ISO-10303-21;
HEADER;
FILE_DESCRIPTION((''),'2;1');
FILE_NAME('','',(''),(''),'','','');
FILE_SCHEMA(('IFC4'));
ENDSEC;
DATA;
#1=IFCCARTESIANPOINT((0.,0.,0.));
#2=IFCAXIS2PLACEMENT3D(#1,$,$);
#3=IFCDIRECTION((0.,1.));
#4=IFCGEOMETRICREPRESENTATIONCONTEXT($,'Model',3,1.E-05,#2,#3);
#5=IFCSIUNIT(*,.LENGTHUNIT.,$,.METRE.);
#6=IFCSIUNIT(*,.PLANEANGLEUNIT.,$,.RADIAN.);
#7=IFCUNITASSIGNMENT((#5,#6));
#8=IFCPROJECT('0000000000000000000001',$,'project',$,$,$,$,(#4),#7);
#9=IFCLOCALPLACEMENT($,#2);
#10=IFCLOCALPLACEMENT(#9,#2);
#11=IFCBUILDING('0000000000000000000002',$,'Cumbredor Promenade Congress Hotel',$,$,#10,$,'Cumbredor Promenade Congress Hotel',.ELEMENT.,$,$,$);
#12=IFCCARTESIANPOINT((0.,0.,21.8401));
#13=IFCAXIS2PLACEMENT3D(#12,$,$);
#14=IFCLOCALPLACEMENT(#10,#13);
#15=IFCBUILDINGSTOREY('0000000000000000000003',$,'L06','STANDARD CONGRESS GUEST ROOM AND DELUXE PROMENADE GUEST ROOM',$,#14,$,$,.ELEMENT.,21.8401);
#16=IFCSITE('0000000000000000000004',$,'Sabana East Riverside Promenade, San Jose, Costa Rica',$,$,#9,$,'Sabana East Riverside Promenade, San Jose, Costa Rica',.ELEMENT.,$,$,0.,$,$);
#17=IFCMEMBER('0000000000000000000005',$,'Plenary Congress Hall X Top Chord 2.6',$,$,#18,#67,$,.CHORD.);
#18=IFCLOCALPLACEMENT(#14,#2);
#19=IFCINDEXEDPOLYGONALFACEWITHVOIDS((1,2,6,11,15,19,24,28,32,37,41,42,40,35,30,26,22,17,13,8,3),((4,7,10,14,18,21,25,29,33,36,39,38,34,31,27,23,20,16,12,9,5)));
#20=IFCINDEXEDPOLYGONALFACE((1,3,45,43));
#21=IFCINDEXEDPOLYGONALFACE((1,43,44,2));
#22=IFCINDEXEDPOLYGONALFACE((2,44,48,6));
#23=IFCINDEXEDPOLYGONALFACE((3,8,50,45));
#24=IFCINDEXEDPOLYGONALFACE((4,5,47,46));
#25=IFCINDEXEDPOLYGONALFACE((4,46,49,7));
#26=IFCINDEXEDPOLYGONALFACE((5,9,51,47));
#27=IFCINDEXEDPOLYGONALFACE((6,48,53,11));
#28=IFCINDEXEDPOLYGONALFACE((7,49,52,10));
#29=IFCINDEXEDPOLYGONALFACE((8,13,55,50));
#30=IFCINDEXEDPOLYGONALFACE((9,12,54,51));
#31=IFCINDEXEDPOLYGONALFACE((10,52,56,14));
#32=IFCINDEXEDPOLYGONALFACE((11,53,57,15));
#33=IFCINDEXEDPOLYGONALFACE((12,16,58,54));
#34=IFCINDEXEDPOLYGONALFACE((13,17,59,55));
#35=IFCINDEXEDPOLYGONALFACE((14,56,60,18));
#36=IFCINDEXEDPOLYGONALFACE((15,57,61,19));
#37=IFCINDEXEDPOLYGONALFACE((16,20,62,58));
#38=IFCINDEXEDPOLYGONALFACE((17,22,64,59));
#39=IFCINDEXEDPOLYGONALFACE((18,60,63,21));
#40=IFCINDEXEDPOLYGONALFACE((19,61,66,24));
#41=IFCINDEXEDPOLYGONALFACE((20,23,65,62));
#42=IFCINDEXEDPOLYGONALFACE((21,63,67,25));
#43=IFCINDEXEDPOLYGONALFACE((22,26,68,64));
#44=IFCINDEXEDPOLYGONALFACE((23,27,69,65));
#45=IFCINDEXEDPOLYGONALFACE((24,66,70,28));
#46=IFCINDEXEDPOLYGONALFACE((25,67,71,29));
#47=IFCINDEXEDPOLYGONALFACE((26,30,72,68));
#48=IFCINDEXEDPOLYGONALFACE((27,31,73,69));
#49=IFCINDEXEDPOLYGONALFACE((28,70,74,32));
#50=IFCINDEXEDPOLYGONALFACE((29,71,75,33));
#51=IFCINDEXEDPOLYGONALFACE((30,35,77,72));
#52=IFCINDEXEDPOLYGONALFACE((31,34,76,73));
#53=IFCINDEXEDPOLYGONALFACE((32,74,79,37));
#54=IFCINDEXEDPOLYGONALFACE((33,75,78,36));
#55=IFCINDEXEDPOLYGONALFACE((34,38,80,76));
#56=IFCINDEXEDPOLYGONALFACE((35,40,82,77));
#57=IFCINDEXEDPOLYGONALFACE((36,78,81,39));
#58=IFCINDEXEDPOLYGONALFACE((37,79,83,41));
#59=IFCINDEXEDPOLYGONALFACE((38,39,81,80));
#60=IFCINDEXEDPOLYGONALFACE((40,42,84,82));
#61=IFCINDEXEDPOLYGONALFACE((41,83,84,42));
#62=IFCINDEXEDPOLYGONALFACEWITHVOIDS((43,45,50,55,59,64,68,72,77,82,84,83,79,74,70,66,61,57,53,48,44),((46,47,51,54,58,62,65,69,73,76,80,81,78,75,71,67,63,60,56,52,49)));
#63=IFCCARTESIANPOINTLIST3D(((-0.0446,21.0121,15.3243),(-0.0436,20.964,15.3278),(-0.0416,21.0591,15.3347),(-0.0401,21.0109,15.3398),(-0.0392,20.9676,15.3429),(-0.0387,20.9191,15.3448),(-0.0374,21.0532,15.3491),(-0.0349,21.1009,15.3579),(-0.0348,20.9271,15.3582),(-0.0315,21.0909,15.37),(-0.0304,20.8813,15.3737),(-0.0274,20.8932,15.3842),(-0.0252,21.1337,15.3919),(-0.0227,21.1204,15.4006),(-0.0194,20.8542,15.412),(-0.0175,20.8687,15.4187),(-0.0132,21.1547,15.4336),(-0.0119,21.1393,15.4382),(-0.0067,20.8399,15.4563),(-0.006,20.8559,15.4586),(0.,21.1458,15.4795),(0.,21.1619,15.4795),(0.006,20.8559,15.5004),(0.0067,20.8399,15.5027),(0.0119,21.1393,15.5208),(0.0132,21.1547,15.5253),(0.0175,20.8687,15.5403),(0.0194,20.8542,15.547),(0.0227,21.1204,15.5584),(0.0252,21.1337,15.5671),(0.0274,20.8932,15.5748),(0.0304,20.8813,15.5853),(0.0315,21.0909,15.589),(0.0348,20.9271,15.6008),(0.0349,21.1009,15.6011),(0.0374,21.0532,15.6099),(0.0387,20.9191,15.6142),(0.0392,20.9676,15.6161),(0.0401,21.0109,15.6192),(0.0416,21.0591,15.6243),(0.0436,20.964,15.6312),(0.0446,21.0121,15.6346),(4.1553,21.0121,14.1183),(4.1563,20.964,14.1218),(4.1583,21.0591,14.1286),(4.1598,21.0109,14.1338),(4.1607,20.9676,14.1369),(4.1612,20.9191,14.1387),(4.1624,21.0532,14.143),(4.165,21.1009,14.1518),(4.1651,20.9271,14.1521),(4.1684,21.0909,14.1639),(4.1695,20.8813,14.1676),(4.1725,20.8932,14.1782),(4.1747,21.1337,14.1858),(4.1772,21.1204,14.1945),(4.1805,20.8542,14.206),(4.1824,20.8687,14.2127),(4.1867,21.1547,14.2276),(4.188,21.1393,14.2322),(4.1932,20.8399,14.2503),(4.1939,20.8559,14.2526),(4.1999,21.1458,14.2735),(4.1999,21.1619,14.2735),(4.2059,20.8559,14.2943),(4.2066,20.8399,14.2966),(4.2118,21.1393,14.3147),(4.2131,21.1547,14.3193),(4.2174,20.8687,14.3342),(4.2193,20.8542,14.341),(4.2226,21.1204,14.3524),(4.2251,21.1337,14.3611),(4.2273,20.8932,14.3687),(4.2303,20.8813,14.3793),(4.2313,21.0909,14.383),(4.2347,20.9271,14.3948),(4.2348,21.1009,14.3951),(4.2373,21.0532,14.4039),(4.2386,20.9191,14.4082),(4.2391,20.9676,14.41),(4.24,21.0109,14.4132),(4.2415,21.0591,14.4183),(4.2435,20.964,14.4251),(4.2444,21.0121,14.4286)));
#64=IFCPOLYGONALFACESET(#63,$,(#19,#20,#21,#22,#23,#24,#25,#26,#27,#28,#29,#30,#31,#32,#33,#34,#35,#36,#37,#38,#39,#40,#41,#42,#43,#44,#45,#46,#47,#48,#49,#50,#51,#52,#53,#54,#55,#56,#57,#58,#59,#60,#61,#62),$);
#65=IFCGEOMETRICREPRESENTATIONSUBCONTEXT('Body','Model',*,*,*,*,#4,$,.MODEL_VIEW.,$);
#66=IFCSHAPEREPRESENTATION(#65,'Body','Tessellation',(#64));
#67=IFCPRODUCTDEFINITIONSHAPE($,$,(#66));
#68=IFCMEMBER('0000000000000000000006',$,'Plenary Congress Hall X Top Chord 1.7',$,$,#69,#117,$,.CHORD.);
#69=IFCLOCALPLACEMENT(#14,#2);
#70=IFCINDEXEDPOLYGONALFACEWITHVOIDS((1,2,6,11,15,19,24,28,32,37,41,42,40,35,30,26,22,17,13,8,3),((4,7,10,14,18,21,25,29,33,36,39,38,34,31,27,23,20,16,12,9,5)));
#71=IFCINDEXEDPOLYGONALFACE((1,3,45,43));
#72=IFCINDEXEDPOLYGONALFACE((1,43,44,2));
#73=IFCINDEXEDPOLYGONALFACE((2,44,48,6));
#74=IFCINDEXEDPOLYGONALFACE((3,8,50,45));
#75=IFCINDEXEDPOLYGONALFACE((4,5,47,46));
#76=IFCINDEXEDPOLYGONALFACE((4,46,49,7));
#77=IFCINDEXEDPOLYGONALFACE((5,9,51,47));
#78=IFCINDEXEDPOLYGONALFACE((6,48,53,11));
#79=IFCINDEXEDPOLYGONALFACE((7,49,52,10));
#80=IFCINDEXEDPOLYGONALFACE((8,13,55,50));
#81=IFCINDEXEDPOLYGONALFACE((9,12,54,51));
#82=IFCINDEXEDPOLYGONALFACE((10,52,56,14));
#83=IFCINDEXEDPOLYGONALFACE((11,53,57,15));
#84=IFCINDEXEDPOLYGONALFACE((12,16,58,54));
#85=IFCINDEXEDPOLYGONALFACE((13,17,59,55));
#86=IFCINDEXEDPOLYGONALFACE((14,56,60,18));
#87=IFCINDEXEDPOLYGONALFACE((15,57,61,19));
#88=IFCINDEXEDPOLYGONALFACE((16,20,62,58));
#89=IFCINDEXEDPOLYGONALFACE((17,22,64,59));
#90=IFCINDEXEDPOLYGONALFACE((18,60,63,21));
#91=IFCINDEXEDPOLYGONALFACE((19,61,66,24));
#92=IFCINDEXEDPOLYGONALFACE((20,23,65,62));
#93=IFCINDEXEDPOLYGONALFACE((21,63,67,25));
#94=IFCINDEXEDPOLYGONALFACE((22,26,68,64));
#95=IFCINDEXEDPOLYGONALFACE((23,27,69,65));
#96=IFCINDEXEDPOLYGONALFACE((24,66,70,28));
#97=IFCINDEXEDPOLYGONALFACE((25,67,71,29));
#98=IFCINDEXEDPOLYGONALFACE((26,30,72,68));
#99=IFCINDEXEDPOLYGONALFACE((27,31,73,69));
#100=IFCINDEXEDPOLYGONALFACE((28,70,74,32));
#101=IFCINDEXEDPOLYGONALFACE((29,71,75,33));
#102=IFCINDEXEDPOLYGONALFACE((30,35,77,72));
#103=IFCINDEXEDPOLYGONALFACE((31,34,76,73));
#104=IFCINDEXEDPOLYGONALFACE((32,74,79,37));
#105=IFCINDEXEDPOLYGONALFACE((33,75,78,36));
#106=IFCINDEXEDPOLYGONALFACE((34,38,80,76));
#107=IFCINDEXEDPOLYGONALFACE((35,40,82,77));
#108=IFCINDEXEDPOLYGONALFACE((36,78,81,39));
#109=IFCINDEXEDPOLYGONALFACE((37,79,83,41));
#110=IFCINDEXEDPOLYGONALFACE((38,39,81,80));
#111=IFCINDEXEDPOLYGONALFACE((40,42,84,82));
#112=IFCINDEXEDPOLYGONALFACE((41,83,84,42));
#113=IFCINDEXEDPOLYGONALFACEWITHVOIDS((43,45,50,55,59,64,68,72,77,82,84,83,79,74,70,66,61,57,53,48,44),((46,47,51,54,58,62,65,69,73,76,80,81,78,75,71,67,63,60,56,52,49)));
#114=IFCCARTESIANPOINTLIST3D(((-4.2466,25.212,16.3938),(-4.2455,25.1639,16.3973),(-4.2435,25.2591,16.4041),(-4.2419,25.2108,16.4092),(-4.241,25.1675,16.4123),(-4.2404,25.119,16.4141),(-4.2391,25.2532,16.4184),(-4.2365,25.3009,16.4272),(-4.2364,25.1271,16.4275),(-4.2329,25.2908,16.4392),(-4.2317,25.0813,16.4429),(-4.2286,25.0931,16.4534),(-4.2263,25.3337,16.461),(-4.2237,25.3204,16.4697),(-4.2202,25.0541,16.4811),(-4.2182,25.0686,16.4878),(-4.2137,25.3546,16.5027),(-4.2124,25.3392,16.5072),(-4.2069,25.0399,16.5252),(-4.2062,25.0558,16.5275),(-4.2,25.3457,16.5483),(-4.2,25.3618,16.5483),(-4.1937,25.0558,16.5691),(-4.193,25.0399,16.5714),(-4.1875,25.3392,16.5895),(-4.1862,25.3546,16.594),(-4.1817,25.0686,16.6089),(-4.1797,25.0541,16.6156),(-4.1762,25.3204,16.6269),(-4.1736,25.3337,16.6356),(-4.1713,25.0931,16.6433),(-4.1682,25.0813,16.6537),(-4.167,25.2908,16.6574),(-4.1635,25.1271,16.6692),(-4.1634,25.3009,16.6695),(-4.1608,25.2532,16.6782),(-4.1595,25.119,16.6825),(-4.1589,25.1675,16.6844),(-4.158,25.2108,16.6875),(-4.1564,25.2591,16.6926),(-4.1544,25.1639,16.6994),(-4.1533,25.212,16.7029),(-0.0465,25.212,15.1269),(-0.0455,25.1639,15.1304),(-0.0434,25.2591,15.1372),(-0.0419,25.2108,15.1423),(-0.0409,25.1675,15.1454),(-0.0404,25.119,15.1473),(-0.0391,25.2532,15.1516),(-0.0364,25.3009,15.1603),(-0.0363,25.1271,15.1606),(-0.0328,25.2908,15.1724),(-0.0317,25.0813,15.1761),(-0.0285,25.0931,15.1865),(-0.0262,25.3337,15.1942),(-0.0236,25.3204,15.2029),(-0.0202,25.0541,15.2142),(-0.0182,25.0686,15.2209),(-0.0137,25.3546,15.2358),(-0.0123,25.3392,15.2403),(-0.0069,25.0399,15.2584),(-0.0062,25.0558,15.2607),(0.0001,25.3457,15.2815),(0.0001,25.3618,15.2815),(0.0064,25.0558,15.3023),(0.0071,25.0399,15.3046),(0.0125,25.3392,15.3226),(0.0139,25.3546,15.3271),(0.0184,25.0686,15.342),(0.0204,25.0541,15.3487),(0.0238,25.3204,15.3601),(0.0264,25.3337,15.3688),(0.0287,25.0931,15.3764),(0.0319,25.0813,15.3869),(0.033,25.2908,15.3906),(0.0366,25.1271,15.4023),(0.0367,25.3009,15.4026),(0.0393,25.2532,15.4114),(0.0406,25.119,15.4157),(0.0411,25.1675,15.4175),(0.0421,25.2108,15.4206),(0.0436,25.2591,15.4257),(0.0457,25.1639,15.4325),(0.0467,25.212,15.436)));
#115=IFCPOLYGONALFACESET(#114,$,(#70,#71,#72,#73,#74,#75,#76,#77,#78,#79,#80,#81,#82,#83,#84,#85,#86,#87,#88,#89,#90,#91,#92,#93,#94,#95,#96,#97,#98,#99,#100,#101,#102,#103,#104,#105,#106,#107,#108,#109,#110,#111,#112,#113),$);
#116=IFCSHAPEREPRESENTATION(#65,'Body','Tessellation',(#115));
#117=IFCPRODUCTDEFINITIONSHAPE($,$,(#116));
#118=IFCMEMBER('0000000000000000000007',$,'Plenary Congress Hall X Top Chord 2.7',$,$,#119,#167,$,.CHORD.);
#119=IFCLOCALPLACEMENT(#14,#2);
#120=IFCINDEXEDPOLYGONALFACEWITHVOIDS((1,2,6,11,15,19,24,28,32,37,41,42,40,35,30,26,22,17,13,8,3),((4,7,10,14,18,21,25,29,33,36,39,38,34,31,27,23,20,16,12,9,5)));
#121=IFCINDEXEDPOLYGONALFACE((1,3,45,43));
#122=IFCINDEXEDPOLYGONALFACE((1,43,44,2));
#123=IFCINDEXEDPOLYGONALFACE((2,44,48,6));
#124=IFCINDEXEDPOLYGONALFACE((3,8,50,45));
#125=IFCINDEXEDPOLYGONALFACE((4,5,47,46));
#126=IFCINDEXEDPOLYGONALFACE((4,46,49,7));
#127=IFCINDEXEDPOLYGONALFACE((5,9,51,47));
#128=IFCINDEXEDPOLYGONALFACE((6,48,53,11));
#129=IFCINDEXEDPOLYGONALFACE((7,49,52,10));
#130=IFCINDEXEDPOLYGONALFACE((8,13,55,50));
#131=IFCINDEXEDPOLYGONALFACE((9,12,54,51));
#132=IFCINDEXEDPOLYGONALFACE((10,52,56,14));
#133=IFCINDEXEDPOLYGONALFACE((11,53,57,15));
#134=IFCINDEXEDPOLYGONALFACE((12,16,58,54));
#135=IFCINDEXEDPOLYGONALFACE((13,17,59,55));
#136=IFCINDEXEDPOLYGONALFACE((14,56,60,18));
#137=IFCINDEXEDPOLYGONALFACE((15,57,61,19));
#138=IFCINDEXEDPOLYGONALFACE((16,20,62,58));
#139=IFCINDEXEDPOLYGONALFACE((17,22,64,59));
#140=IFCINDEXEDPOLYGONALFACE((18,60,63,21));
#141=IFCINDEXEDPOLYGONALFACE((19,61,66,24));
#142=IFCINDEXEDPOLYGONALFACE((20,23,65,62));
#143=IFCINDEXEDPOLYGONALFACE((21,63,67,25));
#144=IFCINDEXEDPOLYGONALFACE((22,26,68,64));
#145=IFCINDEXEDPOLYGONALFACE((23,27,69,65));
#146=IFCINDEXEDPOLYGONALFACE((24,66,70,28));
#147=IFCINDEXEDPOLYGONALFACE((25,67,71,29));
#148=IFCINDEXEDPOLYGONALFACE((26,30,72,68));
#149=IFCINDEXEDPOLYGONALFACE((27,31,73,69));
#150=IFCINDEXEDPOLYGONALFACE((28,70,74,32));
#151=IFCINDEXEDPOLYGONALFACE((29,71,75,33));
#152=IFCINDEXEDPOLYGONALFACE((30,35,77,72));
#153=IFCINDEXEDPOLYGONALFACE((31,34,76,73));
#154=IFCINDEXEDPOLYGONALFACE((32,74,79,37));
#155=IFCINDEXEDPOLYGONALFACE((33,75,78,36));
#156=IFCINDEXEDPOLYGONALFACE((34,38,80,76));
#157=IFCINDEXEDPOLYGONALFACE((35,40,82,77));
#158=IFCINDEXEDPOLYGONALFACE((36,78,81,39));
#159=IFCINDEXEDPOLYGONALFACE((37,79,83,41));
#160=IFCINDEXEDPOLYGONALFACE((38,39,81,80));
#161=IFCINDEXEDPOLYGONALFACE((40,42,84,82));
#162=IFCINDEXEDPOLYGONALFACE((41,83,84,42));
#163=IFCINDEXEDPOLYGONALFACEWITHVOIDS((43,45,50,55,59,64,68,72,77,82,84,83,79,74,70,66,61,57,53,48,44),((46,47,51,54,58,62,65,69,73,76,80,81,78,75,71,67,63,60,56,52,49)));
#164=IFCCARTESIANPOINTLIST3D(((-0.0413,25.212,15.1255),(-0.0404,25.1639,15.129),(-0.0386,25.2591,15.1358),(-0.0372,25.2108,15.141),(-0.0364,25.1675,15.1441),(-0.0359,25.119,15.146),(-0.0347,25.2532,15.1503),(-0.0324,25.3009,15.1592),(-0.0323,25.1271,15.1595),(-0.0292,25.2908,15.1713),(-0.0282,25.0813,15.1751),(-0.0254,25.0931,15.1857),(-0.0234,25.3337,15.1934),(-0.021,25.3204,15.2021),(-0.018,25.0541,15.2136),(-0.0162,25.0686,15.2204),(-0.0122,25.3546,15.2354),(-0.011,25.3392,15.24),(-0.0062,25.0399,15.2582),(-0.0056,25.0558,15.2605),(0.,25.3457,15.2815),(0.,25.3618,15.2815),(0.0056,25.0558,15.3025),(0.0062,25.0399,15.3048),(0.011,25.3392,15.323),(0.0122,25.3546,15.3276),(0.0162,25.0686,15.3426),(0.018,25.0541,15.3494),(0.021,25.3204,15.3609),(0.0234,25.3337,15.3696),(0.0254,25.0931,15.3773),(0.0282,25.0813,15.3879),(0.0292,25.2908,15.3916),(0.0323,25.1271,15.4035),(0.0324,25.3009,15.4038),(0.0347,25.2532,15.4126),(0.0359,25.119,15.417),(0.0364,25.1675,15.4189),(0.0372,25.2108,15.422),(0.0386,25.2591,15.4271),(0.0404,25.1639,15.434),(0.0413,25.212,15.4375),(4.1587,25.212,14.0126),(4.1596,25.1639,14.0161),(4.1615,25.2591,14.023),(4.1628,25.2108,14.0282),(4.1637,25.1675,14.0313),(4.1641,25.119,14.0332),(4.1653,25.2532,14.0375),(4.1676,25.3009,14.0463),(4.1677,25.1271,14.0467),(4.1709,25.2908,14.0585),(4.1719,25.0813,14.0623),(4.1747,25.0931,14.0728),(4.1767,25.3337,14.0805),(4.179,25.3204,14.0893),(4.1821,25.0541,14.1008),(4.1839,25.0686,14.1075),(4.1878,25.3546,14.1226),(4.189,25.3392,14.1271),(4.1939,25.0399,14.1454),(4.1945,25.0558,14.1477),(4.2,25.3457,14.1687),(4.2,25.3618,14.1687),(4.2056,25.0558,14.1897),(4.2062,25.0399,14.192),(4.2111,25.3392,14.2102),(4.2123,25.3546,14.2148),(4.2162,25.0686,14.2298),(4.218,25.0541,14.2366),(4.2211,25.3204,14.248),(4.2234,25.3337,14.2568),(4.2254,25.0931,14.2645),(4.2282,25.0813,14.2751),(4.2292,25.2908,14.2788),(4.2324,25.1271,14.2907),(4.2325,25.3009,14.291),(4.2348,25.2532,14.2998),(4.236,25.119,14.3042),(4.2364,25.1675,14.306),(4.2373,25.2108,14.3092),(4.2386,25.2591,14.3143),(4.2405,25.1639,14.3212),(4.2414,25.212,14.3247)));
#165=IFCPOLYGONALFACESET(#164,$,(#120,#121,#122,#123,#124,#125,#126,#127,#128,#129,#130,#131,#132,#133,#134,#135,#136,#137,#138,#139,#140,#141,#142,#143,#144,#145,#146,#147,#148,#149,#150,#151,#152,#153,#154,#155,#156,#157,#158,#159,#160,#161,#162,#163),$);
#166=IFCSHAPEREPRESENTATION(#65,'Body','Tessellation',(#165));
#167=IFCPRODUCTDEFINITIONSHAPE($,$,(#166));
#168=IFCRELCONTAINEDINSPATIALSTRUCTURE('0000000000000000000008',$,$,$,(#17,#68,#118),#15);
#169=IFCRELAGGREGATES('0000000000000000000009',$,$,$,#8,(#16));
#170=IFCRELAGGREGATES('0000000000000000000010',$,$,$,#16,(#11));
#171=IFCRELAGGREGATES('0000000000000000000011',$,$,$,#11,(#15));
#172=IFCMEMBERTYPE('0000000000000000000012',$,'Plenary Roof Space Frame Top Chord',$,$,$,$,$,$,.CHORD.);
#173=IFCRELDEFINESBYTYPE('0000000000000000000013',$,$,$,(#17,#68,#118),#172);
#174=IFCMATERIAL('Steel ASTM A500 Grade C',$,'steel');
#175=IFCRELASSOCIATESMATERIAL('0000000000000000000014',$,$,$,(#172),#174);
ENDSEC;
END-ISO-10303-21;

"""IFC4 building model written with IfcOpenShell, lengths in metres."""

from ifc_helpers import new_model, si_unit, direction, frame, origin, origin_2d, place, context, subcontext, project, spatial, hollow_circle, extrude, material, material_profile, profile_set, type_object, element, save


model = new_model("IFC4")

# Units and contexts
model_context = context("Model", 3, precision=1e-05, world=origin(), true_north=direction((0.0, 1.0)))
body_context = subcontext(model_context, "Body", "Model", "MODEL_VIEW")
ifc_project = project(units=[si_unit("LENGTHUNIT", "METRE"), si_unit("PLANEANGLEUNIT", "RADIAN")], contexts=[model_context])

# Site, building, storey
site_placement = place(None, origin())
site = spatial("IfcSite", under=ifc_project, at=site_placement, Name="Sabana East Riverside Promenade, San Jose, Costa Rica", LongName="Sabana East Riverside Promenade, San Jose, Costa Rica", CompositionType="ELEMENT", RefElevation=0.0)
building_placement = place(site_placement, origin())
building = spatial("IfcBuilding", under=site, at=building_placement, Name="Cumbredor Promenade Congress Hotel", LongName="Cumbredor Promenade Congress Hotel", CompositionType="ELEMENT")
storey_placement = place(building_placement, frame((0.0, 0.0, 21.8401)))
storey = spatial("IfcBuildingStorey", under=building, at=storey_placement, Name="L06", Description="STANDARD CONGRESS GUEST ROOM AND DELUXE PROMENADE GUEST ROOM", CompositionType="ELEMENT", Elevation=21.8401)

# Members
ifc_material_1 = material(Name="Steel ASTM A500 Grade C", Category="steel")
ifc_material_profile_1 = material_profile(ifc_material_1, hollow_circle(Radius=0.1619, WallThickness=0.0161, at=origin_2d()), Name="CHS 323.9x16")
ifc_profile_set_1 = profile_set([ifc_material_profile_1], Name="Steel ASTM A500 Grade C")
member_type_1 = type_object("IfcMemberType", Name="Plenary Roof Space Frame Top Chord", PredefinedType="CHORD", material=ifc_profile_set_1)
member_1_placement = place(storey_placement, frame((0.0, 21.0, 15.4795), z_axis=(0.961156, 0.0, -0.276005), x_axis=(0.0, 1.0, 0.0)))
element("IfcMember", 1, at=member_1_placement, inside=storey, type_object=member_type_1, Name="Plenary Congress Hall X Top Chord 2.6", PredefinedType="CHORD", context=body_context, shape_type="SweptSolid", body=[
    extrude(hollow_circle(Radius=0.1619, WallThickness=0.0161, at=origin_2d()), origin(), (0.0, 0.0, 1.0), 4.3696),
])
member_2_placement = place(storey_placement, frame((-4.2, 25.2, 16.5483), z_axis=(0.957395, 0.0, -0.288782), x_axis=(0.0, 1.0, 0.0)))
element("IfcMember", 2, at=member_2_placement, inside=storey, type_object=member_type_1, Name="Plenary Congress Hall X Top Chord 1.7", PredefinedType="CHORD", context=body_context, shape_type="SweptSolid", body=[
    extrude(hollow_circle(Radius=0.1619, WallThickness=0.0161, at=origin_2d()), origin(), (0.0, 0.0, 1.0), 4.387),
])
member_3_placement = place(storey_placement, frame((0.0, 25.2, 15.2815), z_axis=(0.966646, 0.0, -0.256116), x_axis=(0.0, 1.0, 0.0)))
element("IfcMember", 3, at=member_3_placement, inside=storey, type_object=member_type_1, Name="Plenary Congress Hall X Top Chord 2.7", PredefinedType="CHORD", context=body_context, shape_type="SweptSolid", body=[
    extrude(hollow_circle(Radius=0.1619, WallThickness=0.0161, at=origin_2d()), origin(), (0.0, 0.0, 1.0), 4.345),
])

save(model, "model.ifc")
